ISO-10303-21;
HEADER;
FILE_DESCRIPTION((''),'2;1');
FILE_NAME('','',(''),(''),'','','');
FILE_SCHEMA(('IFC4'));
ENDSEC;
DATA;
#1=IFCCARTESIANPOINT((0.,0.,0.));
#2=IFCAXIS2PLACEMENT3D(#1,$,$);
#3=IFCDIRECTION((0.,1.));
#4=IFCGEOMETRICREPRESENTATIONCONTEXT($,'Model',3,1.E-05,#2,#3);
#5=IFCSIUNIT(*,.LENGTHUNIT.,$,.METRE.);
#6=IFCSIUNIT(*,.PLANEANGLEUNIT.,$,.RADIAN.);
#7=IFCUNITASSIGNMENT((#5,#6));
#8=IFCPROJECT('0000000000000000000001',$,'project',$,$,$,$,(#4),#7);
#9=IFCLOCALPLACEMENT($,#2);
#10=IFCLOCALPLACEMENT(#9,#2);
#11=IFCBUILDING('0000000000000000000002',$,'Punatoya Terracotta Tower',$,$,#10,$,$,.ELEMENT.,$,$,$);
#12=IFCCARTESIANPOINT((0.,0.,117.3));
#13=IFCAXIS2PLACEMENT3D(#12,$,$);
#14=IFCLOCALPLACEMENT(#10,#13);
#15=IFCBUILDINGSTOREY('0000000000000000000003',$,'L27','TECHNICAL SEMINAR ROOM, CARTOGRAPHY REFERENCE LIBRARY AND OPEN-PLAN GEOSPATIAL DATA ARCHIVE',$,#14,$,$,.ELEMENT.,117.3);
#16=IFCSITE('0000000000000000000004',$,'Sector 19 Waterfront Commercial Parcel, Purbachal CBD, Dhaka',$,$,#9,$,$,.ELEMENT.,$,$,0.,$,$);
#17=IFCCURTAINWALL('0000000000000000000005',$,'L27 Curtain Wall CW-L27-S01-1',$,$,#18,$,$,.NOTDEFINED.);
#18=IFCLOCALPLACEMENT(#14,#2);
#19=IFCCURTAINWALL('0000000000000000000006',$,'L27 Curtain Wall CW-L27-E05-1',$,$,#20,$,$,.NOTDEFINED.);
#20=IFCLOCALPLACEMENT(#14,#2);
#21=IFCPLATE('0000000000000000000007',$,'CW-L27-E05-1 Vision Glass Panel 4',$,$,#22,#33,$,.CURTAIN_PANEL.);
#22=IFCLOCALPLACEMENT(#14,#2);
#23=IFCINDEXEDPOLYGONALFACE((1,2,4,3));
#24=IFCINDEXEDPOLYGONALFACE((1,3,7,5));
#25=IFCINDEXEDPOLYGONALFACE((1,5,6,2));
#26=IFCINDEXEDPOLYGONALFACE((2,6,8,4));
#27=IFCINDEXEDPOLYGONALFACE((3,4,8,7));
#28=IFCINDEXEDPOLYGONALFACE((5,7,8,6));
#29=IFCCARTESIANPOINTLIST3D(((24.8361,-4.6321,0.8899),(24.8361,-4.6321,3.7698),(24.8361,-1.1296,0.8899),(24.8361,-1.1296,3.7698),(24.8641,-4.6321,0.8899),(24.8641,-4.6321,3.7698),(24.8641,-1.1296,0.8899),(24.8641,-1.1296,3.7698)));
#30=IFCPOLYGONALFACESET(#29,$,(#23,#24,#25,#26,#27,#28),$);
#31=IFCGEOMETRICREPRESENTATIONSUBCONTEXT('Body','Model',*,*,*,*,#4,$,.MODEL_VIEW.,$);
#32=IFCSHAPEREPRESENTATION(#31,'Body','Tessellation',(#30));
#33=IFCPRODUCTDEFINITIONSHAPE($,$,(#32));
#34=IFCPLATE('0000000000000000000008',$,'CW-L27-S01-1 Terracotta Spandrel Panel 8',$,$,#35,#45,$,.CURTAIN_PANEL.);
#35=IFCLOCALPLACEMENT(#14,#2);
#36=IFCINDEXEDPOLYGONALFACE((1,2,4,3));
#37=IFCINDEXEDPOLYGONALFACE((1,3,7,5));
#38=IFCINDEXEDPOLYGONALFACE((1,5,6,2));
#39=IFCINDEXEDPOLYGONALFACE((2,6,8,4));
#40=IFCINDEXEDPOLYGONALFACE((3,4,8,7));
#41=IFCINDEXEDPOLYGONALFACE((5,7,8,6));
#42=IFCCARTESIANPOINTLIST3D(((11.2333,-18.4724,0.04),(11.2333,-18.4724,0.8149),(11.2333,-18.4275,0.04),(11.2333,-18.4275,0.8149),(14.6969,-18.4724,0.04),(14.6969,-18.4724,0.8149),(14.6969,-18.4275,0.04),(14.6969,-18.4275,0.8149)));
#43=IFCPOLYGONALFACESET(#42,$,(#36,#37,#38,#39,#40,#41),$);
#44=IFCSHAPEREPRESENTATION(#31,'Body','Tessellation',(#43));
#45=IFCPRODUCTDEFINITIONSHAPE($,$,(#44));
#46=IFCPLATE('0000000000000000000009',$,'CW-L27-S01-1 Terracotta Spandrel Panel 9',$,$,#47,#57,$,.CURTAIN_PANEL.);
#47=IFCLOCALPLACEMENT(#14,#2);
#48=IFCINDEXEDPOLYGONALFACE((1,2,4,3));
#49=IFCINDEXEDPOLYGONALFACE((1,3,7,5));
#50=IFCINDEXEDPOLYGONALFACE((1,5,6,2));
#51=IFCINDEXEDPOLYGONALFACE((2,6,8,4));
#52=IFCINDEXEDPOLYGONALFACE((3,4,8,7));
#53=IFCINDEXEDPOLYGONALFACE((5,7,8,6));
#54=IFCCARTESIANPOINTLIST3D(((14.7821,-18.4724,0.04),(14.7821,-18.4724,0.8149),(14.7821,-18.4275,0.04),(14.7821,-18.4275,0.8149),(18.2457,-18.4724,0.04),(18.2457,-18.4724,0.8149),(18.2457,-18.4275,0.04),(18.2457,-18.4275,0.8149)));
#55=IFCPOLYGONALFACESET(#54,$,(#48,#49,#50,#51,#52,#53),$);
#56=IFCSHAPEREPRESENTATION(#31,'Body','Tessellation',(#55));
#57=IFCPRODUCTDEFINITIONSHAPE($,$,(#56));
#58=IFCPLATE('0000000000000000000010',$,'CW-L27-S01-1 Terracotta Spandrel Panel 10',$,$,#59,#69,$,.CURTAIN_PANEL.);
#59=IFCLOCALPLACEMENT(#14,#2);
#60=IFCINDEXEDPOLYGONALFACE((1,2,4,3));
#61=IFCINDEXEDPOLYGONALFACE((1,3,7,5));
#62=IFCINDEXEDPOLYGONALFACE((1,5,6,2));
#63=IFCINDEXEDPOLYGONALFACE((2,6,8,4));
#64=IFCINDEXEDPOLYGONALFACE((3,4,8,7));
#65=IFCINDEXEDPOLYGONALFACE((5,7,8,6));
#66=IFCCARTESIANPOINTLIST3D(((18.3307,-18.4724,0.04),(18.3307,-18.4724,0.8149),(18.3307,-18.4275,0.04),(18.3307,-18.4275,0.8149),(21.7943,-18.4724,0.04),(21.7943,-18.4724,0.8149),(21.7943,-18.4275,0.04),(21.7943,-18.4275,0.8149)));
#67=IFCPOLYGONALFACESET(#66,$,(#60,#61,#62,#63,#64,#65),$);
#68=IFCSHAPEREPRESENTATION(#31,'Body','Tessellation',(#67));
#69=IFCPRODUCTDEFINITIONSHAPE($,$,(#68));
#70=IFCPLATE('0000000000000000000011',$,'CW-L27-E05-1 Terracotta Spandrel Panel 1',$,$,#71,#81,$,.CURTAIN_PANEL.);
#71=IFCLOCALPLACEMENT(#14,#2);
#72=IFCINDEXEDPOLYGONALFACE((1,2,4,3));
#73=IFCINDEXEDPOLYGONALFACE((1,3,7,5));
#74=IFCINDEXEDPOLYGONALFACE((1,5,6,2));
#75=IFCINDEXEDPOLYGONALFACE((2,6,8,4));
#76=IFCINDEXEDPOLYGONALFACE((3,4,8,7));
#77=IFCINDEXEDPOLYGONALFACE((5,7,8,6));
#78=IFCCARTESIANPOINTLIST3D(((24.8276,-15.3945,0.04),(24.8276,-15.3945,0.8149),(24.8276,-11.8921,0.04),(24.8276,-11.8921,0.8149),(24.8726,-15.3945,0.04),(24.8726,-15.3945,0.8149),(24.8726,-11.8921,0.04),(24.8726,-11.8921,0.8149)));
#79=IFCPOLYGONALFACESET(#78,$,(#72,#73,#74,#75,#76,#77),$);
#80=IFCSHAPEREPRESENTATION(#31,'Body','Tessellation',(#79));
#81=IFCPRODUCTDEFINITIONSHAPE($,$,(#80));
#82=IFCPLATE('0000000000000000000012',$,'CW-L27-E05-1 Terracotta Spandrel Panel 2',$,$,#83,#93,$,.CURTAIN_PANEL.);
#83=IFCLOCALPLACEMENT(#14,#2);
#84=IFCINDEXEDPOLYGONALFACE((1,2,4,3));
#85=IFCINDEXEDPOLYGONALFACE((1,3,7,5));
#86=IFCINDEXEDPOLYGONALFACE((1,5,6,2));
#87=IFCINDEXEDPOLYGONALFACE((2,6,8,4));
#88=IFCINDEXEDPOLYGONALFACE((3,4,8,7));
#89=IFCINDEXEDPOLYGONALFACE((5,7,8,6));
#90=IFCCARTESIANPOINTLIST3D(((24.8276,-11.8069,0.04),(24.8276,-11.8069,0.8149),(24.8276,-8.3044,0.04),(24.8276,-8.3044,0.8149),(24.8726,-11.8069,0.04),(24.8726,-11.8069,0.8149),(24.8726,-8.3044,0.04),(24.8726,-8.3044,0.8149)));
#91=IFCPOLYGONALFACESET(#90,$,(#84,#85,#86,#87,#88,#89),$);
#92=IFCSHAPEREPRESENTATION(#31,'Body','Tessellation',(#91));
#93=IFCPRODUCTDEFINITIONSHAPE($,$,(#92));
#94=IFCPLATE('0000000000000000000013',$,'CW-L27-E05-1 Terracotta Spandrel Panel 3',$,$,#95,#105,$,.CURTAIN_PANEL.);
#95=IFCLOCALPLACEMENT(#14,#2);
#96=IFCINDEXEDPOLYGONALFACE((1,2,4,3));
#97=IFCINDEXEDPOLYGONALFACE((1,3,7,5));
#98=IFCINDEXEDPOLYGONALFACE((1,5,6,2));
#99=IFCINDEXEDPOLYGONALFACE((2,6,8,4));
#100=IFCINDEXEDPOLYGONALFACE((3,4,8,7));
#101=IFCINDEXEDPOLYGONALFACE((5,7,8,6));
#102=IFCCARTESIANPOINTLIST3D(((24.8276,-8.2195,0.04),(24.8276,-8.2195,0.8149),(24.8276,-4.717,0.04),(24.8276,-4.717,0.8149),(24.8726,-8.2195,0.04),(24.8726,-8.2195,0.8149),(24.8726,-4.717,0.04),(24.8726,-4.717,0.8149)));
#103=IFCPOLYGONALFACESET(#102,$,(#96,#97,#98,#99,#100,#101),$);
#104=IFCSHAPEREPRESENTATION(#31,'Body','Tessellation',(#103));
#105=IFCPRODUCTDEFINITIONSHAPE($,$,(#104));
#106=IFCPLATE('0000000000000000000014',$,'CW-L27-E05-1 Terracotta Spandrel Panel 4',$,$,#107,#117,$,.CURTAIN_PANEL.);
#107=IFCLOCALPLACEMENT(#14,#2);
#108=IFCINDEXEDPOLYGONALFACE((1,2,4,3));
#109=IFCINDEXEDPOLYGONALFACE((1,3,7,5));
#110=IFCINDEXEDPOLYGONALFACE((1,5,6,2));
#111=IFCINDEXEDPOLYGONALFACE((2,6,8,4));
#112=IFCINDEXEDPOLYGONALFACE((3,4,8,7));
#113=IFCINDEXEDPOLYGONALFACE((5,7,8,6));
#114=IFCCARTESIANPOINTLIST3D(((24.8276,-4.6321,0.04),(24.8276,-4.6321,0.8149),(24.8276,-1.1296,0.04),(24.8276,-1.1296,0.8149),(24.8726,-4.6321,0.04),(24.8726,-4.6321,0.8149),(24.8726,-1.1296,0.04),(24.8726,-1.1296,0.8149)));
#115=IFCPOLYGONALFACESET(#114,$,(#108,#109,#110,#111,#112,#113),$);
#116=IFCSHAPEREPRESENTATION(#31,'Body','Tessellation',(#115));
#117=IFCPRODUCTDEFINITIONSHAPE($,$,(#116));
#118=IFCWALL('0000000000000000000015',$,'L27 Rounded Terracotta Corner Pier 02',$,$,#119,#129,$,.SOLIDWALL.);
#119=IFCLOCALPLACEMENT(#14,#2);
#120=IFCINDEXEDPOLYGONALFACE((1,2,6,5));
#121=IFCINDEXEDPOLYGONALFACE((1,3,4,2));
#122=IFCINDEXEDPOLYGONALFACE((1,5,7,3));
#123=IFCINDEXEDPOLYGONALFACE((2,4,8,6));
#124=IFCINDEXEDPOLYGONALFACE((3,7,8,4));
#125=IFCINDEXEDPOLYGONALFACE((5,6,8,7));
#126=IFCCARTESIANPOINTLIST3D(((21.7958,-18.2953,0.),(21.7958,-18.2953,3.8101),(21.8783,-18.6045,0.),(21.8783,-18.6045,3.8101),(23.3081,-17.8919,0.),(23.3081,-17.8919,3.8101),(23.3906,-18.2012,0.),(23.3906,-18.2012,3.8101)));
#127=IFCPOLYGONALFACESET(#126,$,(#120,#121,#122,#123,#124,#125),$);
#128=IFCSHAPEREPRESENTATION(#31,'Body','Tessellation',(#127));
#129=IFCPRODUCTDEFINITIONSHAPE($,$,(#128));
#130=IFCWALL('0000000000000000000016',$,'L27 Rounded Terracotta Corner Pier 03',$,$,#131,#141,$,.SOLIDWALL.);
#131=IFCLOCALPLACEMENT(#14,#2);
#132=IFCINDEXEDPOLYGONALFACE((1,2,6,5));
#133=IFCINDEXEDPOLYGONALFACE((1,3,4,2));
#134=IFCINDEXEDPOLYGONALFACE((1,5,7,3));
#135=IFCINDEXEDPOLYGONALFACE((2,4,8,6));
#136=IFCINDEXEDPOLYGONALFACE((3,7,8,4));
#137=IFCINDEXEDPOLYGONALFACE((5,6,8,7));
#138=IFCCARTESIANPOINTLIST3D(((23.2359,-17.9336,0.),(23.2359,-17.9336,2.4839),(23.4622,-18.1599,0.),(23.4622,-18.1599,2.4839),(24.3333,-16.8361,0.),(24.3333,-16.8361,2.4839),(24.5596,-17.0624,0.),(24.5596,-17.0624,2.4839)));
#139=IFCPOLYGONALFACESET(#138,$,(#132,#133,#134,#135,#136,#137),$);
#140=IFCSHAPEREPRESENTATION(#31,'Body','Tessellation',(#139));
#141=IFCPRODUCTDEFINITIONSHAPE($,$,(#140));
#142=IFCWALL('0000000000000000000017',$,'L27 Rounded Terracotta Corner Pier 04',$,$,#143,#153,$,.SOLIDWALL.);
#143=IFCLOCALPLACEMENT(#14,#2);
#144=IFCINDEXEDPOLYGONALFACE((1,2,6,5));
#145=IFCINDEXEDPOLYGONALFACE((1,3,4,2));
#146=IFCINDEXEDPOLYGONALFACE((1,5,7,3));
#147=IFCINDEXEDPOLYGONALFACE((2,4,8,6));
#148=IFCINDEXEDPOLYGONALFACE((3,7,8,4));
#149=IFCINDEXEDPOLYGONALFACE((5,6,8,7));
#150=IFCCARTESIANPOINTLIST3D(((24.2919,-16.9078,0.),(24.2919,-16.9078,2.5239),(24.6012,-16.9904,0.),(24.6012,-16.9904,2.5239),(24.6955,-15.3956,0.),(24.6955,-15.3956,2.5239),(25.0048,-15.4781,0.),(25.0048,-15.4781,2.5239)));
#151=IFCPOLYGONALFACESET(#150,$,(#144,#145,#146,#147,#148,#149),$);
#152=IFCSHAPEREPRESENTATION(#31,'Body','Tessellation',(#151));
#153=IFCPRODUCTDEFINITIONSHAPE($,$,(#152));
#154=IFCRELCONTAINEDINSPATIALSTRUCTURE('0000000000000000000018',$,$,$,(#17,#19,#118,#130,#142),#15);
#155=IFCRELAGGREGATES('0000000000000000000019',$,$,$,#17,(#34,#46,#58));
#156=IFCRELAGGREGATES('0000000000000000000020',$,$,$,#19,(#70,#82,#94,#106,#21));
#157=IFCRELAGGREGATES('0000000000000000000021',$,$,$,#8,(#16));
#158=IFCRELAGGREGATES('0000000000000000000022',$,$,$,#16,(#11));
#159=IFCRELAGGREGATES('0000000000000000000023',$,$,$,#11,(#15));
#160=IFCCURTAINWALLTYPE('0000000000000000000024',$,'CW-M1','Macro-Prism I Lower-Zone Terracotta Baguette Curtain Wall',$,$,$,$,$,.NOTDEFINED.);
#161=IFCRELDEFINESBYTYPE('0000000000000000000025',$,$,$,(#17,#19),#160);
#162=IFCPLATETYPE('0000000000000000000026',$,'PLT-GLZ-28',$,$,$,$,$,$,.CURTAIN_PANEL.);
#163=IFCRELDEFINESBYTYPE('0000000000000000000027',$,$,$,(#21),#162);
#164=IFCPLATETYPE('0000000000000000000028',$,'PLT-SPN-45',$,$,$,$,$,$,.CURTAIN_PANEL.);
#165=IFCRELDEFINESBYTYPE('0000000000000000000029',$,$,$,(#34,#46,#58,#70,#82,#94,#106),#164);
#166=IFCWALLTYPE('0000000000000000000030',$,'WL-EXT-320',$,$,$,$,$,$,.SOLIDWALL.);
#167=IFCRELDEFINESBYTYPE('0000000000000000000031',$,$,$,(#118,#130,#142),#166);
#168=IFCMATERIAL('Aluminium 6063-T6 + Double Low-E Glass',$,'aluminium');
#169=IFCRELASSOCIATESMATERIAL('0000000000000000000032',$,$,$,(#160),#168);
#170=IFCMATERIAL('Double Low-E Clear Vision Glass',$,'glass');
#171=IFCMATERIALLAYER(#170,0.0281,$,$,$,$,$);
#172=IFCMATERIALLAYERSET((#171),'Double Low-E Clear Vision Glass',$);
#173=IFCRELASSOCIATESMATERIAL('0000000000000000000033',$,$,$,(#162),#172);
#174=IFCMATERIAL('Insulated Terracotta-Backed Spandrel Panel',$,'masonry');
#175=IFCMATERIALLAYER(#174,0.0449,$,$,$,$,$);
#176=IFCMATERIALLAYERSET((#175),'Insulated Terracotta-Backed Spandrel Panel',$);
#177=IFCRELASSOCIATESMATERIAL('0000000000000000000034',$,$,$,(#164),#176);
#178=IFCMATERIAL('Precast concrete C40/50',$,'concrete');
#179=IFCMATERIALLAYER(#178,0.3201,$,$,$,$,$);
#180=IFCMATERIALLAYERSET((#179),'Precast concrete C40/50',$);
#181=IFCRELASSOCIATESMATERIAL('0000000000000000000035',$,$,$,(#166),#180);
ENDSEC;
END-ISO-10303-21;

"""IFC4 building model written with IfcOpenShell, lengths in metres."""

from ifc_helpers import new_model, si_unit, direction, frame, frame_2d, origin, origin_2d, place, context, subcontext, project, spatial, rectangle, extrude, material, layer, layer_set, type_object, element, aggregate, save


model = new_model("IFC4")

# Units and contexts
model_context = context("Model", 3, precision=1e-05, world=origin(), true_north=direction((0.0, 1.0)))
body_context = subcontext(model_context, "Body", "Model", "MODEL_VIEW")
ifc_project = project(units=[si_unit("LENGTHUNIT", "METRE"), si_unit("PLANEANGLEUNIT", "RADIAN")], contexts=[model_context])

# Site, building, storey
site_placement = place(None, origin())
site = spatial("IfcSite", under=ifc_project, at=site_placement, Name="Sector 19 Waterfront Commercial Parcel, Purbachal CBD, Dhaka", CompositionType="ELEMENT", RefElevation=0.0)
building_placement = place(site_placement, origin())
building = spatial("IfcBuilding", under=site, at=building_placement, Name="Punatoya Terracotta Tower", CompositionType="ELEMENT")
storey_placement = place(building_placement, frame((0.0, 0.0, 117.3)))
storey = spatial("IfcBuildingStorey", under=building, at=storey_placement, Name="L27", Description="TECHNICAL SEMINAR ROOM, CARTOGRAPHY REFERENCE LIBRARY AND OPEN-PLAN GEOSPATIAL DATA ARCHIVE", CompositionType="ELEMENT", Elevation=117.3)

# Curtain walls
ifc_material_1 = material(Name="Aluminium 6063-T6 + Double Low-E Glass", Category="aluminium")
curtain_wall_type = type_object("IfcCurtainWallType", Name="CW-M1", Description="Macro-Prism I Lower-Zone Terracotta Baguette Curtain Wall", PredefinedType="NOTDEFINED", material=ifc_material_1)
curtain_wall_1_placement = place(storey_placement, origin())
curtain_wall_1 = element("IfcCurtainWall", 1, at=curtain_wall_1_placement, inside=storey, type_object=curtain_wall_type, Name="L27 Curtain Wall CW-L27-S01-1", PredefinedType="NOTDEFINED")
curtain_wall_2_placement = place(storey_placement, origin())
curtain_wall_2 = element("IfcCurtainWall", 2, at=curtain_wall_2_placement, inside=storey, type_object=curtain_wall_type, Name="L27 Curtain Wall CW-L27-E05-1", PredefinedType="NOTDEFINED")

# Plates
ifc_material_2 = material(Name="Double Low-E Clear Vision Glass", Category="glass")
ifc_layer_1 = layer(ifc_material_2, 0.0281)
ifc_layer_set_1 = layer_set([ifc_layer_1], Name="Double Low-E Clear Vision Glass")
plate_type_1 = type_object("IfcPlateType", Name="PLT-GLZ-28", PredefinedType="CURTAIN_PANEL", material=ifc_layer_set_1)
plate_1_placement = place(storey_placement, frame((24.8501, -2.8809, 0.8899), z_axis=(0.0, 0.0, 1.0), x_axis=(0.0, 1.0, 0.0)))
plate_1 = element("IfcPlate", 3, at=plate_1_placement, type_object=plate_type_1, Name="CW-L27-E05-1 Vision Glass Panel 4", PredefinedType="CURTAIN_PANEL", context=body_context, shape_type="SweptSolid", body=[
    extrude(rectangle(XDim=3.5024, YDim=0.0281, at=origin_2d()), origin(), (0.0, 0.0, 1.0), 2.8799),
])
ifc_material_3 = material(Name="Insulated Terracotta-Backed Spandrel Panel", Category="masonry")
ifc_layer_2 = layer(ifc_material_3, 0.0449)
ifc_layer_set_2 = layer_set([ifc_layer_2], Name="Insulated Terracotta-Backed Spandrel Panel")
plate_type_2 = type_object("IfcPlateType", Name="PLT-SPN-45", PredefinedType="CURTAIN_PANEL", material=ifc_layer_set_2)
plate_2_placement = place(storey_placement, frame((12.9651, -18.45, 0.04), z_axis=(0.0, 0.0, 1.0), x_axis=(1.0, 0.0, 0.0)))
plate_2 = element("IfcPlate", 4, at=plate_2_placement, type_object=plate_type_2, Name="CW-L27-S01-1 Terracotta Spandrel Panel 8", PredefinedType="CURTAIN_PANEL", context=body_context, shape_type="SweptSolid", body=[
    extrude(rectangle(XDim=3.4636, YDim=0.0449, at=origin_2d()), origin(), (0.0, 0.0, 1.0), 0.7749),
])
plate_3_placement = place(storey_placement, frame((16.5139, -18.45, 0.04), z_axis=(0.0, 0.0, 1.0), x_axis=(1.0, 0.0, 0.0)))
plate_3 = element("IfcPlate", 5, at=plate_3_placement, type_object=plate_type_2, Name="CW-L27-S01-1 Terracotta Spandrel Panel 9", PredefinedType="CURTAIN_PANEL", context=body_context, shape_type="SweptSolid", body=[
    extrude(rectangle(XDim=3.4636, YDim=0.0449, at=origin_2d()), origin(), (0.0, 0.0, 1.0), 0.7749),
])
plate_4_placement = place(storey_placement, frame((20.0625, -18.45, 0.04), z_axis=(0.0, 0.0, 1.0), x_axis=(1.0, 0.0, 0.0)))
plate_4 = element("IfcPlate", 6, at=plate_4_placement, type_object=plate_type_2, Name="CW-L27-S01-1 Terracotta Spandrel Panel 10", PredefinedType="CURTAIN_PANEL", context=body_context, shape_type="SweptSolid", body=[
    extrude(rectangle(XDim=3.4636, YDim=0.0449, at=origin_2d()), origin(), (0.0, 0.0, 1.0), 0.7749),
])
aggregate(curtain_wall_1, [plate_2, plate_3, plate_4])
plate_5_placement = place(storey_placement, frame((24.8501, -13.6433, 0.04), z_axis=(0.0, 0.0, 1.0), x_axis=(0.0, 1.0, 0.0)))
plate_5 = element("IfcPlate", 7, at=plate_5_placement, type_object=plate_type_2, Name="CW-L27-E05-1 Terracotta Spandrel Panel 1", PredefinedType="CURTAIN_PANEL", context=body_context, shape_type="SweptSolid", body=[
    extrude(rectangle(XDim=3.5024, YDim=0.0449, at=origin_2d()), origin(), (0.0, 0.0, 1.0), 0.7749),
])
plate_6_placement = place(storey_placement, frame((24.8501, -10.0557, 0.04), z_axis=(0.0, 0.0, 1.0), x_axis=(0.0, 1.0, 0.0)))
plate_6 = element("IfcPlate", 8, at=plate_6_placement, type_object=plate_type_2, Name="CW-L27-E05-1 Terracotta Spandrel Panel 2", PredefinedType="CURTAIN_PANEL", context=body_context, shape_type="SweptSolid", body=[
    extrude(rectangle(XDim=3.5024, YDim=0.0449, at=origin_2d()), origin(), (0.0, 0.0, 1.0), 0.7749),
])
plate_7_placement = place(storey_placement, frame((24.8501, -6.4683, 0.04), z_axis=(0.0, 0.0, 1.0), x_axis=(0.0, 1.0, 0.0)))
plate_7 = element("IfcPlate", 9, at=plate_7_placement, type_object=plate_type_2, Name="CW-L27-E05-1 Terracotta Spandrel Panel 3", PredefinedType="CURTAIN_PANEL", context=body_context, shape_type="SweptSolid", body=[
    extrude(rectangle(XDim=3.5024, YDim=0.0449, at=origin_2d()), origin(), (0.0, 0.0, 1.0), 0.7749),
])
plate_8_placement = place(storey_placement, frame((24.8501, -2.8809, 0.04), z_axis=(0.0, 0.0, 1.0), x_axis=(0.0, 1.0, 0.0)))
plate_8 = element("IfcPlate", 10, at=plate_8_placement, type_object=plate_type_2, Name="CW-L27-E05-1 Terracotta Spandrel Panel 4", PredefinedType="CURTAIN_PANEL", context=body_context, shape_type="SweptSolid", body=[
    extrude(rectangle(XDim=3.5024, YDim=0.0449, at=origin_2d()), origin(), (0.0, 0.0, 1.0), 0.7749),
])
aggregate(curtain_wall_2, [plate_5, plate_6, plate_7, plate_8, plate_1])

# Walls
ifc_material_4 = material(Name="Precast concrete C40/50", Category="concrete")
ifc_layer_3 = layer(ifc_material_4, 0.3201)
ifc_layer_set_3 = layer_set([ifc_layer_3], Name="Precast concrete C40/50")
wall_type = type_object("IfcWallType", Name="WL-EXT-320", PredefinedType="SOLIDWALL", material=ifc_layer_set_3)
wall_1_placement = place(storey_placement, frame((21.8369, -18.45, 0.0), z_axis=(0.0, 0.0, 1.0), x_axis=(0.966225, 0.257701, 0.0)))
element("IfcWall", 11, at=wall_1_placement, inside=storey, type_object=wall_type, Name="L27 Rounded Terracotta Corner Pier 02", PredefinedType="SOLIDWALL", context=body_context, shape_type="SweptSolid", body=[
    extrude(rectangle(XDim=1.5652, YDim=0.3201, at=frame_2d((0.7827, 0.0))), origin(), (0.0, 0.0, 1.0), 3.8101),
])
wall_2_placement = place(storey_placement, frame((23.3491, -18.0466, 0.0), z_axis=(0.0, 0.0, 1.0), x_axis=(0.707107, 0.707107, 0.0)))
element("IfcWall", 12, at=wall_2_placement, inside=storey, type_object=wall_type, Name="L27 Rounded Terracotta Corner Pier 03", PredefinedType="SOLIDWALL", context=body_context, shape_type="SweptSolid", body=[
    extrude(rectangle(XDim=1.552, YDim=0.3201, at=frame_2d((0.7759, 0.0))), origin(), (0.0, 0.0, 1.0), 2.4839),
])
wall_3_placement = place(storey_placement, frame((24.4465, -16.9492, 0.0), z_axis=(0.0, 0.0, 1.0), x_axis=(0.257847, 0.966186, 0.0)))
element("IfcWall", 13, at=wall_3_placement, inside=storey, type_object=wall_type, Name="L27 Rounded Terracotta Corner Pier 04", PredefinedType="SOLIDWALL", context=body_context, shape_type="SweptSolid", body=[
    extrude(rectangle(XDim=1.5652, YDim=0.3201, at=frame_2d((0.7827, 0.0))), origin(), (0.0, 0.0, 1.0), 2.5239),
])

save(model, "model.ifc")
